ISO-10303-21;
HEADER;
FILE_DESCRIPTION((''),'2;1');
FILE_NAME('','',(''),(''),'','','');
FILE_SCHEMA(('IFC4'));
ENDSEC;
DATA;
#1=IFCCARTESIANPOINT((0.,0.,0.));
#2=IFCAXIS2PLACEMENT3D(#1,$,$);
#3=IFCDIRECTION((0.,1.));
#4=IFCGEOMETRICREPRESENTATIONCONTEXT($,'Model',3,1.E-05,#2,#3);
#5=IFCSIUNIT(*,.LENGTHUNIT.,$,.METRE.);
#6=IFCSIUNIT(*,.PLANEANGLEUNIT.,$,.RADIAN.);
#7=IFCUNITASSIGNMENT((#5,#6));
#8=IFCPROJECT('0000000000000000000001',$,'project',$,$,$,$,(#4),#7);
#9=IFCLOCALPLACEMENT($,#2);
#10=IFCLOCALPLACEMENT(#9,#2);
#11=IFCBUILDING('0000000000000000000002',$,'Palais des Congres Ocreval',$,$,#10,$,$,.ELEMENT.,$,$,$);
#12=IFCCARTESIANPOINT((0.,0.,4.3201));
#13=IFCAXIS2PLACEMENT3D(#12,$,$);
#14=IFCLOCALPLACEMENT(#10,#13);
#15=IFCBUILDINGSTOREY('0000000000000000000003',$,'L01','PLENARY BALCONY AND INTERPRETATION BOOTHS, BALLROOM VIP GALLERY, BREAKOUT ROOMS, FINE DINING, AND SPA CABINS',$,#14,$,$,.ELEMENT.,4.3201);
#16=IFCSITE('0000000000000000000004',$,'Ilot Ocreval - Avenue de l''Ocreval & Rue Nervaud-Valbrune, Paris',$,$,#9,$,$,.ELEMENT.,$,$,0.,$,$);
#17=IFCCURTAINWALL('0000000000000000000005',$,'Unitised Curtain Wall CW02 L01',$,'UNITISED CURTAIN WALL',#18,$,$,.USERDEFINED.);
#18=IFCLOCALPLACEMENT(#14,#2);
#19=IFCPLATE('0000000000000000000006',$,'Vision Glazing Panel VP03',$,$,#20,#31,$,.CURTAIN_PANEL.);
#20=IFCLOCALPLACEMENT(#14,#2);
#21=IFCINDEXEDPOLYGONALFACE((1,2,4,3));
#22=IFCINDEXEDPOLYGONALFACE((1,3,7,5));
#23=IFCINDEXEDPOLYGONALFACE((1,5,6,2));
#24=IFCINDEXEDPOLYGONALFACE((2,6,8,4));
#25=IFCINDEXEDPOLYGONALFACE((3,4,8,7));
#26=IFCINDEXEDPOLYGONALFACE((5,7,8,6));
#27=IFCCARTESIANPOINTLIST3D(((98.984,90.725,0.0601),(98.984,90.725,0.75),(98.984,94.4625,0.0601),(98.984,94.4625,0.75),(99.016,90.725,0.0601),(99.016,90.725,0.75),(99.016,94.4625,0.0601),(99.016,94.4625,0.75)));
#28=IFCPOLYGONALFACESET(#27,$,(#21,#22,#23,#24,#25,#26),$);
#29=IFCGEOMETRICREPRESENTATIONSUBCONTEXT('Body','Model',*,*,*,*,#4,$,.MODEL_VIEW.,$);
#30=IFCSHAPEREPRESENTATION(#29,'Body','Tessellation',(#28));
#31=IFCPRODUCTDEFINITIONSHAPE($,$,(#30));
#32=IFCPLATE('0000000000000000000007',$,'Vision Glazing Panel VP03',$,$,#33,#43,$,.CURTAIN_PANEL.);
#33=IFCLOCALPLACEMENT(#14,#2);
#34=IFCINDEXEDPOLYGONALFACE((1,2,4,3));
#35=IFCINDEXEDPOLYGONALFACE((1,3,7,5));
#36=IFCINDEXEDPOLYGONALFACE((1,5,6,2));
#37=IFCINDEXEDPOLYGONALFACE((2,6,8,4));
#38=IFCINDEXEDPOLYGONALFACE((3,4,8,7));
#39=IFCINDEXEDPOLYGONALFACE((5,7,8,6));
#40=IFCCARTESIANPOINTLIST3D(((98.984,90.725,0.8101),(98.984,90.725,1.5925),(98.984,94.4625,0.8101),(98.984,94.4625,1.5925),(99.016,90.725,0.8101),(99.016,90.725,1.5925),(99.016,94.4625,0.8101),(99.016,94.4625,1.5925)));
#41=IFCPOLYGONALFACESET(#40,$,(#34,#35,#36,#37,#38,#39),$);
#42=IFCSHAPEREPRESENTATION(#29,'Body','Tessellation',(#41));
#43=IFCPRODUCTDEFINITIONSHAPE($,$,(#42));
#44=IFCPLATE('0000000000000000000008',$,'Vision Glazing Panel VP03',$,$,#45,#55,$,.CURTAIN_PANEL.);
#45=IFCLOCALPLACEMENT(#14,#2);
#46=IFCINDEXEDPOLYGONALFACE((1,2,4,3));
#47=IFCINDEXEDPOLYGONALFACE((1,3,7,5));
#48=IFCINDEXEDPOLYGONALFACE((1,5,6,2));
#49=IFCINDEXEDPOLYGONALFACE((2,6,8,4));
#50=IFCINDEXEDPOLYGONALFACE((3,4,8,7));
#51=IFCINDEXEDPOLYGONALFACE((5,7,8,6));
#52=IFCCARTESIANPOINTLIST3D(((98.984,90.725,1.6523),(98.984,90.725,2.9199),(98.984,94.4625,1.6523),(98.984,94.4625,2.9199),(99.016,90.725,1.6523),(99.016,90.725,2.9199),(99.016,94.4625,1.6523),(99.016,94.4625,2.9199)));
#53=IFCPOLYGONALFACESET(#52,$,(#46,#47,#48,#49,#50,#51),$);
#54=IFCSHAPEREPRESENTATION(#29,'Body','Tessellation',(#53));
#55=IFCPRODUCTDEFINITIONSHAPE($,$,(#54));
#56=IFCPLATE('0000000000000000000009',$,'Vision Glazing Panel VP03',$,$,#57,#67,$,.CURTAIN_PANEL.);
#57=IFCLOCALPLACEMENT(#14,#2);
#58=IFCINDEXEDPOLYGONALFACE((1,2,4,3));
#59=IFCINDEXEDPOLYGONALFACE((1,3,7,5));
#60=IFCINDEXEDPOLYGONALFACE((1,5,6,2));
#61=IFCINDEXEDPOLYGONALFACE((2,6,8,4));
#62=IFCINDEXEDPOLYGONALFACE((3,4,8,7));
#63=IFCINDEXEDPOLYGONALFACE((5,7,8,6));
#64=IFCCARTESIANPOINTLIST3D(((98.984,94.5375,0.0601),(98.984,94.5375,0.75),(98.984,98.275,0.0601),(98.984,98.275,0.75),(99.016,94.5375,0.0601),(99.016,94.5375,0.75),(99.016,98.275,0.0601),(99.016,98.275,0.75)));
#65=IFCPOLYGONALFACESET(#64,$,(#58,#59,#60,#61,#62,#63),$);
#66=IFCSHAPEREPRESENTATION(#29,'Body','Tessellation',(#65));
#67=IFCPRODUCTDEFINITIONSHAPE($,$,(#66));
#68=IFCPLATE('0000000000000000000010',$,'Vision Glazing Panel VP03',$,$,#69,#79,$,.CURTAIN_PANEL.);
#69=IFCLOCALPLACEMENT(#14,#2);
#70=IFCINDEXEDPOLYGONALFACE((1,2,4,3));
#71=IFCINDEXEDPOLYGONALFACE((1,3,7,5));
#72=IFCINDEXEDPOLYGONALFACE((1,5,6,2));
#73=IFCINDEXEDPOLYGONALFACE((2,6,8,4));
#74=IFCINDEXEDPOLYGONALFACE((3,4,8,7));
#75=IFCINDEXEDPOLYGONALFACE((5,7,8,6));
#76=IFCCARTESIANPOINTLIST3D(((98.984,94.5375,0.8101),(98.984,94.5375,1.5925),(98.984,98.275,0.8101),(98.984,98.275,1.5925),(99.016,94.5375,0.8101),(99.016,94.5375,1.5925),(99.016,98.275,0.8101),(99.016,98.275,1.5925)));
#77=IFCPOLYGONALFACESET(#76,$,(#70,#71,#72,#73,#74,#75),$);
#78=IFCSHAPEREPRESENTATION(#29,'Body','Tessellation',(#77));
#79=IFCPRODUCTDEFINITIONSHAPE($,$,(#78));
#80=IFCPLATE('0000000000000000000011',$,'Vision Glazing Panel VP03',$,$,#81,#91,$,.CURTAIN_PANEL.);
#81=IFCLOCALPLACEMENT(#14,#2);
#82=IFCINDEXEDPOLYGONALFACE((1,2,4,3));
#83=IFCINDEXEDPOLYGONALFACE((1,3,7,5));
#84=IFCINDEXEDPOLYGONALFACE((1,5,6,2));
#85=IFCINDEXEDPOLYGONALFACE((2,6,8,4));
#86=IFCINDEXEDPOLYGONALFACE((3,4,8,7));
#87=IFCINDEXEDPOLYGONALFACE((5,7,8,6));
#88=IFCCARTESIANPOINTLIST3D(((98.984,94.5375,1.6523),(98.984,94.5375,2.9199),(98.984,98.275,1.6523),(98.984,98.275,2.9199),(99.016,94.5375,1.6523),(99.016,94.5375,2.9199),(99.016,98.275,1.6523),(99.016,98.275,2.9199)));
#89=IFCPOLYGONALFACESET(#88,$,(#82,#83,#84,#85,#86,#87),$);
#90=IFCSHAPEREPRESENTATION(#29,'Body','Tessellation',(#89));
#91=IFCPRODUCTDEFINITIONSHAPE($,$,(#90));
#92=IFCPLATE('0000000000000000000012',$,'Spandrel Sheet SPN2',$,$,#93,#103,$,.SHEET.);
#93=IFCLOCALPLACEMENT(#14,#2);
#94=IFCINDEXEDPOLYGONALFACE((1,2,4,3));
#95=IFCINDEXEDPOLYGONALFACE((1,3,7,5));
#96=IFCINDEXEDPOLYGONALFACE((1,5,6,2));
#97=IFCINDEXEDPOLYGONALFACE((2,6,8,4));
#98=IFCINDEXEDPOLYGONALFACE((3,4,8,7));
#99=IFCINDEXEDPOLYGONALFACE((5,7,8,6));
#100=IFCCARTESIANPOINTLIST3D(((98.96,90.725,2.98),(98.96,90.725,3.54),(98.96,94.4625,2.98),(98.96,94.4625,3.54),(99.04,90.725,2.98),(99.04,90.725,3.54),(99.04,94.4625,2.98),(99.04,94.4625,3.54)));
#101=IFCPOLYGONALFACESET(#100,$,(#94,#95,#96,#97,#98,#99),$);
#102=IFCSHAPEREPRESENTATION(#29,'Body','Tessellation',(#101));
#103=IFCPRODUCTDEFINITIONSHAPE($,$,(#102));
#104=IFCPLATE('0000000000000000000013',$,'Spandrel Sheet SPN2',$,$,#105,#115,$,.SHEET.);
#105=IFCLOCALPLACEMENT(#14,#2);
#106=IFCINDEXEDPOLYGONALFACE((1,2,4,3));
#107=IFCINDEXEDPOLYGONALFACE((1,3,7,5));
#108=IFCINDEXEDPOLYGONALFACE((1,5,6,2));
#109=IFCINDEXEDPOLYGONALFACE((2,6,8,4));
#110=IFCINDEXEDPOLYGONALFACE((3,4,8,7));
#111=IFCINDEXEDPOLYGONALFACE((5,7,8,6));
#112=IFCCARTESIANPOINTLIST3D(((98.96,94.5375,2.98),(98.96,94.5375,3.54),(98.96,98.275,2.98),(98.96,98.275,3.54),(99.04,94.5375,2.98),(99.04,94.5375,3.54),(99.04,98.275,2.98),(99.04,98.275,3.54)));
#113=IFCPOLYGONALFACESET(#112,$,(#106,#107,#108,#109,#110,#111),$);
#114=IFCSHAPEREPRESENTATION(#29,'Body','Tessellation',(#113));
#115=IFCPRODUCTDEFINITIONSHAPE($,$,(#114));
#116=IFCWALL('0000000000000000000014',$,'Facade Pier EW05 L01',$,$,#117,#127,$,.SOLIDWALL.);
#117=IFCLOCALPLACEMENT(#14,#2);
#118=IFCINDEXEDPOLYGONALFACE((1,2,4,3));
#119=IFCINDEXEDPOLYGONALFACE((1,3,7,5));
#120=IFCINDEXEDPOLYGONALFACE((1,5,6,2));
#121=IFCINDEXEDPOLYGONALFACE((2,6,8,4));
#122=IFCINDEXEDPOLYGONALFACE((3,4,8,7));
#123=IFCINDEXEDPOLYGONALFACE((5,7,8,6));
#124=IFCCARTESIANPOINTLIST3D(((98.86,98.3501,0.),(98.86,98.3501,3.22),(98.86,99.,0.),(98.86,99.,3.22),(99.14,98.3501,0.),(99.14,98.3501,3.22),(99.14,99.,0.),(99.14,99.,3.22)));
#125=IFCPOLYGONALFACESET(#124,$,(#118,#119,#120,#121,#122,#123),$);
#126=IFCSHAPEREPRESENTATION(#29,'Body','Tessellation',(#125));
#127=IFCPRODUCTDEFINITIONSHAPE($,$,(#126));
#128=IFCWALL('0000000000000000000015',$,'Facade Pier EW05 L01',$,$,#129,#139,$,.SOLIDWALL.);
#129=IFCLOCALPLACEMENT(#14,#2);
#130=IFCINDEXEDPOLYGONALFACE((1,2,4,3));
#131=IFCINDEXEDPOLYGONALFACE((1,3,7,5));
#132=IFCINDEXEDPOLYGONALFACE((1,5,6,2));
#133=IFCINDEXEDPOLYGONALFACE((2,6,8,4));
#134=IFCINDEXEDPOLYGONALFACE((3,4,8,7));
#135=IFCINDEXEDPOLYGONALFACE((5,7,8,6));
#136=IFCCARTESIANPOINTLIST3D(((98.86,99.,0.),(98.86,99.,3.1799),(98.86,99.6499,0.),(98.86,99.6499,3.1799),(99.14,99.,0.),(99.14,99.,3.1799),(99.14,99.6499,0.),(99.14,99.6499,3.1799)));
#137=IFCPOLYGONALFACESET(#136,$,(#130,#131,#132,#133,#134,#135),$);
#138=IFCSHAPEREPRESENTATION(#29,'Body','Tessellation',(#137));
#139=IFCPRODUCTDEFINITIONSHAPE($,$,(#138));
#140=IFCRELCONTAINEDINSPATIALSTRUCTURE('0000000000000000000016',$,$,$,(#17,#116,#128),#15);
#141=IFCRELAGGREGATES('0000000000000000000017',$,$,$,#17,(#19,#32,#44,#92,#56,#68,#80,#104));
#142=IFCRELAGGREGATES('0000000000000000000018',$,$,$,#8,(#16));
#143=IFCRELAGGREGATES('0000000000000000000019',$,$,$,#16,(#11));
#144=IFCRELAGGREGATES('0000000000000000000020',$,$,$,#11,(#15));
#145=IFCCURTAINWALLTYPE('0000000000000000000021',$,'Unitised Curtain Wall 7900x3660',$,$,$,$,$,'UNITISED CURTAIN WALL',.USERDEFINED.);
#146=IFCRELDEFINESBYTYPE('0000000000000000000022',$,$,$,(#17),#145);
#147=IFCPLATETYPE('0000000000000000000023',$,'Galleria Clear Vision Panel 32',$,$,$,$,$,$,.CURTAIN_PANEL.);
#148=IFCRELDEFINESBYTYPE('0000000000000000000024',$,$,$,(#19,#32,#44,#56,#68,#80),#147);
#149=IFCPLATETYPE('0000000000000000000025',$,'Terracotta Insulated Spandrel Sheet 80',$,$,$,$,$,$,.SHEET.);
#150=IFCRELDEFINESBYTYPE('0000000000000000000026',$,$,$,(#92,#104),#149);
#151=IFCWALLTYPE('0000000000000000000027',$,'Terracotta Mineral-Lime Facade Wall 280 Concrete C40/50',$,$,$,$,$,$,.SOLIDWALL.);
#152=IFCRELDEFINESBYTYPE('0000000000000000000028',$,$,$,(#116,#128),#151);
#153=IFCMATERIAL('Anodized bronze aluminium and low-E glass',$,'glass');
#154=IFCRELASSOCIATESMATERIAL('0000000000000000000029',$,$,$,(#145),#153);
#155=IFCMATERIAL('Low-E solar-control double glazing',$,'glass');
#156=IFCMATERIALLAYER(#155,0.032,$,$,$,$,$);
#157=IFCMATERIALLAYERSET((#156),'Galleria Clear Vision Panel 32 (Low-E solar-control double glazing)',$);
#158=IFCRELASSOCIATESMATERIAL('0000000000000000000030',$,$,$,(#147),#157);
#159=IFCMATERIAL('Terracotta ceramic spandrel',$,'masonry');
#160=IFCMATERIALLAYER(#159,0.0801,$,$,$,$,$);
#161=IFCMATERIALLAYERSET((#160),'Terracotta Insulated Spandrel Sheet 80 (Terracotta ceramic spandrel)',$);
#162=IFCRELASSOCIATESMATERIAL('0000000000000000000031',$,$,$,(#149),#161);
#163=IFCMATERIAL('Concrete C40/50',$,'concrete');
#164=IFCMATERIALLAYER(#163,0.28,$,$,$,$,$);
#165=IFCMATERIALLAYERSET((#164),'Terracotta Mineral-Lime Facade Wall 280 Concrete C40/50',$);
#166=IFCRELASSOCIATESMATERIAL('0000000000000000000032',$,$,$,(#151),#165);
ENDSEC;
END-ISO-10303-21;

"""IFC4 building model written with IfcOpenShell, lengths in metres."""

from ifc_helpers import new_model, si_unit, direction, frame, frame_2d, origin, origin_2d, place, context, subcontext, project, spatial, rectangle, extrude, material, layer, layer_set, type_object, element, aggregate, save


model = new_model("IFC4")

# Units and contexts
model_context = context("Model", 3, precision=1e-05, world=origin(), true_north=direction((0.0, 1.0)))
body_context = subcontext(model_context, "Body", "Model", "MODEL_VIEW")
ifc_project = project(units=[si_unit("LENGTHUNIT", "METRE"), si_unit("PLANEANGLEUNIT", "RADIAN")], contexts=[model_context])

# Site, building, storey
site_placement = place(None, origin())
site = spatial("IfcSite", under=ifc_project, at=site_placement, Name="Ilot Ocreval - Avenue de l'Ocreval & Rue Nervaud-Valbrune, Paris", CompositionType="ELEMENT", RefElevation=0.0)
building_placement = place(site_placement, origin())
building = spatial("IfcBuilding", under=site, at=building_placement, Name="Palais des Congres Ocreval", CompositionType="ELEMENT")
storey_placement = place(building_placement, frame((0.0, 0.0, 4.3201)))
storey = spatial("IfcBuildingStorey", under=building, at=storey_placement, Name="L01", Description="PLENARY BALCONY AND INTERPRETATION BOOTHS, BALLROOM VIP GALLERY, BREAKOUT ROOMS, FINE DINING, AND SPA CABINS", CompositionType="ELEMENT", Elevation=4.3201)

# Curtain wall
ifc_material_1 = material(Name="Anodized bronze aluminium and low-E glass", Category="glass")
curtain_wall_type = type_object("IfcCurtainWallType", Name="Unitised Curtain Wall 7900x3660", ElementType="UNITISED CURTAIN WALL", PredefinedType="USERDEFINED", material=ifc_material_1)
curtain_wall_1_placement = place(storey_placement, origin())
curtain_wall_1 = element("IfcCurtainWall", 1, at=curtain_wall_1_placement, inside=storey, type_object=curtain_wall_type, Name="Unitised Curtain Wall CW02 L01", ObjectType="UNITISED CURTAIN WALL", PredefinedType="USERDEFINED")

# Plates
ifc_material_2 = material(Name="Low-E solar-control double glazing", Category="glass")
ifc_layer_1 = layer(ifc_material_2, 0.032)
ifc_layer_set_1 = layer_set([ifc_layer_1], Name="Galleria Clear Vision Panel 32 (Low-E solar-control double glazing)")
plate_type_1 = type_object("IfcPlateType", Name="Galleria Clear Vision Panel 32", PredefinedType="CURTAIN_PANEL", material=ifc_layer_set_1)
plate_1_placement = place(storey_placement, frame((99.0, 92.5938, 0.0601), z_axis=(0.0, 0.0, 1.0), x_axis=(0.0, 1.0, 0.0)))
plate_1 = element("IfcPlate", 2, at=plate_1_placement, type_object=plate_type_1, Name="Vision Glazing Panel VP03", PredefinedType="CURTAIN_PANEL", context=body_context, shape_type="SweptSolid", body=[
    extrude(rectangle(XDim=3.7375, YDim=0.032, at=origin_2d()), origin(), (0.0, 0.0, 1.0), 0.6899),
])
plate_2_placement = place(storey_placement, frame((99.0, 92.5938, 0.8101), z_axis=(0.0, 0.0, 1.0), x_axis=(0.0, 1.0, 0.0)))
plate_2 = element("IfcPlate", 3, at=plate_2_placement, type_object=plate_type_1, Name="Vision Glazing Panel VP03", PredefinedType="CURTAIN_PANEL", context=body_context, shape_type="SweptSolid", body=[
    extrude(rectangle(XDim=3.7375, YDim=0.032, at=origin_2d()), origin(), (0.0, 0.0, 1.0), 0.7825),
])
plate_3_placement = place(storey_placement, frame((99.0, 92.5938, 1.6523), z_axis=(0.0, 0.0, 1.0), x_axis=(0.0, 1.0, 0.0)))
plate_3 = element("IfcPlate", 4, at=plate_3_placement, type_object=plate_type_1, Name="Vision Glazing Panel VP03", PredefinedType="CURTAIN_PANEL", context=body_context, shape_type="SweptSolid", body=[
    extrude(rectangle(XDim=3.7375, YDim=0.032, at=origin_2d()), origin(), (0.0, 0.0, 1.0), 1.2676),
])
plate_4_placement = place(storey_placement, frame((99.0, 96.4062, 0.0601), z_axis=(0.0, 0.0, 1.0), x_axis=(0.0, 1.0, 0.0)))
plate_4 = element("IfcPlate", 5, at=plate_4_placement, type_object=plate_type_1, Name="Vision Glazing Panel VP03", PredefinedType="CURTAIN_PANEL", context=body_context, shape_type="SweptSolid", body=[
    extrude(rectangle(XDim=3.7375, YDim=0.032, at=origin_2d()), origin(), (0.0, 0.0, 1.0), 0.6899),
])
plate_5_placement = place(storey_placement, frame((99.0, 96.4062, 0.8101), z_axis=(0.0, 0.0, 1.0), x_axis=(0.0, 1.0, 0.0)))
plate_5 = element("IfcPlate", 6, at=plate_5_placement, type_object=plate_type_1, Name="Vision Glazing Panel VP03", PredefinedType="CURTAIN_PANEL", context=body_context, shape_type="SweptSolid", body=[
    extrude(rectangle(XDim=3.7375, YDim=0.032, at=origin_2d()), origin(), (0.0, 0.0, 1.0), 0.7825),
])
plate_6_placement = place(storey_placement, frame((99.0, 96.4062, 1.6523), z_axis=(0.0, 0.0, 1.0), x_axis=(0.0, 1.0, 0.0)))
plate_6 = element("IfcPlate", 7, at=plate_6_placement, type_object=plate_type_1, Name="Vision Glazing Panel VP03", PredefinedType="CURTAIN_PANEL", context=body_context, shape_type="SweptSolid", body=[
    extrude(rectangle(XDim=3.7375, YDim=0.032, at=origin_2d()), origin(), (0.0, 0.0, 1.0), 1.2676),
])
ifc_material_3 = material(Name="Terracotta ceramic spandrel", Category="masonry")
ifc_layer_2 = layer(ifc_material_3, 0.0801)
ifc_layer_set_2 = layer_set([ifc_layer_2], Name="Terracotta Insulated Spandrel Sheet 80 (Terracotta ceramic spandrel)")
plate_type_2 = type_object("IfcPlateType", Name="Terracotta Insulated Spandrel Sheet 80", PredefinedType="SHEET", material=ifc_layer_set_2)
plate_7_placement = place(storey_placement, frame((99.0, 92.5938, 2.98), z_axis=(0.0, 0.0, 1.0), x_axis=(0.0, 1.0, 0.0)))
plate_7 = element("IfcPlate", 8, at=plate_7_placement, type_object=plate_type_2, Name="Spandrel Sheet SPN2", PredefinedType="SHEET", context=body_context, shape_type="SweptSolid", body=[
    extrude(rectangle(XDim=3.7375, YDim=0.0801, at=origin_2d()), origin(), (0.0, 0.0, 1.0), 0.5601),
])
plate_8_placement = place(storey_placement, frame((99.0, 96.4062, 2.98), z_axis=(0.0, 0.0, 1.0), x_axis=(0.0, 1.0, 0.0)))
plate_8 = element("IfcPlate", 9, at=plate_8_placement, type_object=plate_type_2, Name="Spandrel Sheet SPN2", PredefinedType="SHEET", context=body_context, shape_type="SweptSolid", body=[
    extrude(rectangle(XDim=3.7375, YDim=0.0801, at=origin_2d()), origin(), (0.0, 0.0, 1.0), 0.5601),
])
aggregate(curtain_wall_1, [plate_1, plate_2, plate_3, plate_7, plate_4, plate_5, plate_6, plate_8])

# Walls
ifc_material_4 = material(Name="Concrete C40/50", Category="concrete")
ifc_layer_3 = layer(ifc_material_4, 0.28)
ifc_layer_set_3 = layer_set([ifc_layer_3], Name="Terracotta Mineral-Lime Facade Wall 280 Concrete C40/50")
wall_type = type_object("IfcWallType", Name="Terracotta Mineral-Lime Facade Wall 280 Concrete C40/50", PredefinedType="SOLIDWALL", material=ifc_layer_set_3)
wall_1_placement = place(storey_placement, frame((99.0, 98.3501, 0.0), z_axis=(0.0, 0.0, 1.0), x_axis=(0.0, 1.0, 0.0)))
element("IfcWall", 10, at=wall_1_placement, inside=storey, type_object=wall_type, Name="Facade Pier EW05 L01", PredefinedType="SOLIDWALL", context=body_context, shape_type="SweptSolid", body=[
    extrude(rectangle(XDim=0.6499, YDim=0.28, at=frame_2d((0.325, 0.0))), origin(), (0.0, 0.0, 1.0), 3.22),
])
wall_2_placement = place(storey_placement, frame((99.0, 99.0, 0.0), z_axis=(0.0, 0.0, 1.0), x_axis=(0.0, 1.0, 0.0)))
element("IfcWall", 11, at=wall_2_placement, inside=storey, type_object=wall_type, Name="Facade Pier EW05 L01", PredefinedType="SOLIDWALL", context=body_context, shape_type="SweptSolid", body=[
    extrude(rectangle(XDim=0.6499, YDim=0.28, at=frame_2d((0.325, 0.0))), origin(), (0.0, 0.0, 1.0), 3.1799),
])

save(model, "model.ifc")
